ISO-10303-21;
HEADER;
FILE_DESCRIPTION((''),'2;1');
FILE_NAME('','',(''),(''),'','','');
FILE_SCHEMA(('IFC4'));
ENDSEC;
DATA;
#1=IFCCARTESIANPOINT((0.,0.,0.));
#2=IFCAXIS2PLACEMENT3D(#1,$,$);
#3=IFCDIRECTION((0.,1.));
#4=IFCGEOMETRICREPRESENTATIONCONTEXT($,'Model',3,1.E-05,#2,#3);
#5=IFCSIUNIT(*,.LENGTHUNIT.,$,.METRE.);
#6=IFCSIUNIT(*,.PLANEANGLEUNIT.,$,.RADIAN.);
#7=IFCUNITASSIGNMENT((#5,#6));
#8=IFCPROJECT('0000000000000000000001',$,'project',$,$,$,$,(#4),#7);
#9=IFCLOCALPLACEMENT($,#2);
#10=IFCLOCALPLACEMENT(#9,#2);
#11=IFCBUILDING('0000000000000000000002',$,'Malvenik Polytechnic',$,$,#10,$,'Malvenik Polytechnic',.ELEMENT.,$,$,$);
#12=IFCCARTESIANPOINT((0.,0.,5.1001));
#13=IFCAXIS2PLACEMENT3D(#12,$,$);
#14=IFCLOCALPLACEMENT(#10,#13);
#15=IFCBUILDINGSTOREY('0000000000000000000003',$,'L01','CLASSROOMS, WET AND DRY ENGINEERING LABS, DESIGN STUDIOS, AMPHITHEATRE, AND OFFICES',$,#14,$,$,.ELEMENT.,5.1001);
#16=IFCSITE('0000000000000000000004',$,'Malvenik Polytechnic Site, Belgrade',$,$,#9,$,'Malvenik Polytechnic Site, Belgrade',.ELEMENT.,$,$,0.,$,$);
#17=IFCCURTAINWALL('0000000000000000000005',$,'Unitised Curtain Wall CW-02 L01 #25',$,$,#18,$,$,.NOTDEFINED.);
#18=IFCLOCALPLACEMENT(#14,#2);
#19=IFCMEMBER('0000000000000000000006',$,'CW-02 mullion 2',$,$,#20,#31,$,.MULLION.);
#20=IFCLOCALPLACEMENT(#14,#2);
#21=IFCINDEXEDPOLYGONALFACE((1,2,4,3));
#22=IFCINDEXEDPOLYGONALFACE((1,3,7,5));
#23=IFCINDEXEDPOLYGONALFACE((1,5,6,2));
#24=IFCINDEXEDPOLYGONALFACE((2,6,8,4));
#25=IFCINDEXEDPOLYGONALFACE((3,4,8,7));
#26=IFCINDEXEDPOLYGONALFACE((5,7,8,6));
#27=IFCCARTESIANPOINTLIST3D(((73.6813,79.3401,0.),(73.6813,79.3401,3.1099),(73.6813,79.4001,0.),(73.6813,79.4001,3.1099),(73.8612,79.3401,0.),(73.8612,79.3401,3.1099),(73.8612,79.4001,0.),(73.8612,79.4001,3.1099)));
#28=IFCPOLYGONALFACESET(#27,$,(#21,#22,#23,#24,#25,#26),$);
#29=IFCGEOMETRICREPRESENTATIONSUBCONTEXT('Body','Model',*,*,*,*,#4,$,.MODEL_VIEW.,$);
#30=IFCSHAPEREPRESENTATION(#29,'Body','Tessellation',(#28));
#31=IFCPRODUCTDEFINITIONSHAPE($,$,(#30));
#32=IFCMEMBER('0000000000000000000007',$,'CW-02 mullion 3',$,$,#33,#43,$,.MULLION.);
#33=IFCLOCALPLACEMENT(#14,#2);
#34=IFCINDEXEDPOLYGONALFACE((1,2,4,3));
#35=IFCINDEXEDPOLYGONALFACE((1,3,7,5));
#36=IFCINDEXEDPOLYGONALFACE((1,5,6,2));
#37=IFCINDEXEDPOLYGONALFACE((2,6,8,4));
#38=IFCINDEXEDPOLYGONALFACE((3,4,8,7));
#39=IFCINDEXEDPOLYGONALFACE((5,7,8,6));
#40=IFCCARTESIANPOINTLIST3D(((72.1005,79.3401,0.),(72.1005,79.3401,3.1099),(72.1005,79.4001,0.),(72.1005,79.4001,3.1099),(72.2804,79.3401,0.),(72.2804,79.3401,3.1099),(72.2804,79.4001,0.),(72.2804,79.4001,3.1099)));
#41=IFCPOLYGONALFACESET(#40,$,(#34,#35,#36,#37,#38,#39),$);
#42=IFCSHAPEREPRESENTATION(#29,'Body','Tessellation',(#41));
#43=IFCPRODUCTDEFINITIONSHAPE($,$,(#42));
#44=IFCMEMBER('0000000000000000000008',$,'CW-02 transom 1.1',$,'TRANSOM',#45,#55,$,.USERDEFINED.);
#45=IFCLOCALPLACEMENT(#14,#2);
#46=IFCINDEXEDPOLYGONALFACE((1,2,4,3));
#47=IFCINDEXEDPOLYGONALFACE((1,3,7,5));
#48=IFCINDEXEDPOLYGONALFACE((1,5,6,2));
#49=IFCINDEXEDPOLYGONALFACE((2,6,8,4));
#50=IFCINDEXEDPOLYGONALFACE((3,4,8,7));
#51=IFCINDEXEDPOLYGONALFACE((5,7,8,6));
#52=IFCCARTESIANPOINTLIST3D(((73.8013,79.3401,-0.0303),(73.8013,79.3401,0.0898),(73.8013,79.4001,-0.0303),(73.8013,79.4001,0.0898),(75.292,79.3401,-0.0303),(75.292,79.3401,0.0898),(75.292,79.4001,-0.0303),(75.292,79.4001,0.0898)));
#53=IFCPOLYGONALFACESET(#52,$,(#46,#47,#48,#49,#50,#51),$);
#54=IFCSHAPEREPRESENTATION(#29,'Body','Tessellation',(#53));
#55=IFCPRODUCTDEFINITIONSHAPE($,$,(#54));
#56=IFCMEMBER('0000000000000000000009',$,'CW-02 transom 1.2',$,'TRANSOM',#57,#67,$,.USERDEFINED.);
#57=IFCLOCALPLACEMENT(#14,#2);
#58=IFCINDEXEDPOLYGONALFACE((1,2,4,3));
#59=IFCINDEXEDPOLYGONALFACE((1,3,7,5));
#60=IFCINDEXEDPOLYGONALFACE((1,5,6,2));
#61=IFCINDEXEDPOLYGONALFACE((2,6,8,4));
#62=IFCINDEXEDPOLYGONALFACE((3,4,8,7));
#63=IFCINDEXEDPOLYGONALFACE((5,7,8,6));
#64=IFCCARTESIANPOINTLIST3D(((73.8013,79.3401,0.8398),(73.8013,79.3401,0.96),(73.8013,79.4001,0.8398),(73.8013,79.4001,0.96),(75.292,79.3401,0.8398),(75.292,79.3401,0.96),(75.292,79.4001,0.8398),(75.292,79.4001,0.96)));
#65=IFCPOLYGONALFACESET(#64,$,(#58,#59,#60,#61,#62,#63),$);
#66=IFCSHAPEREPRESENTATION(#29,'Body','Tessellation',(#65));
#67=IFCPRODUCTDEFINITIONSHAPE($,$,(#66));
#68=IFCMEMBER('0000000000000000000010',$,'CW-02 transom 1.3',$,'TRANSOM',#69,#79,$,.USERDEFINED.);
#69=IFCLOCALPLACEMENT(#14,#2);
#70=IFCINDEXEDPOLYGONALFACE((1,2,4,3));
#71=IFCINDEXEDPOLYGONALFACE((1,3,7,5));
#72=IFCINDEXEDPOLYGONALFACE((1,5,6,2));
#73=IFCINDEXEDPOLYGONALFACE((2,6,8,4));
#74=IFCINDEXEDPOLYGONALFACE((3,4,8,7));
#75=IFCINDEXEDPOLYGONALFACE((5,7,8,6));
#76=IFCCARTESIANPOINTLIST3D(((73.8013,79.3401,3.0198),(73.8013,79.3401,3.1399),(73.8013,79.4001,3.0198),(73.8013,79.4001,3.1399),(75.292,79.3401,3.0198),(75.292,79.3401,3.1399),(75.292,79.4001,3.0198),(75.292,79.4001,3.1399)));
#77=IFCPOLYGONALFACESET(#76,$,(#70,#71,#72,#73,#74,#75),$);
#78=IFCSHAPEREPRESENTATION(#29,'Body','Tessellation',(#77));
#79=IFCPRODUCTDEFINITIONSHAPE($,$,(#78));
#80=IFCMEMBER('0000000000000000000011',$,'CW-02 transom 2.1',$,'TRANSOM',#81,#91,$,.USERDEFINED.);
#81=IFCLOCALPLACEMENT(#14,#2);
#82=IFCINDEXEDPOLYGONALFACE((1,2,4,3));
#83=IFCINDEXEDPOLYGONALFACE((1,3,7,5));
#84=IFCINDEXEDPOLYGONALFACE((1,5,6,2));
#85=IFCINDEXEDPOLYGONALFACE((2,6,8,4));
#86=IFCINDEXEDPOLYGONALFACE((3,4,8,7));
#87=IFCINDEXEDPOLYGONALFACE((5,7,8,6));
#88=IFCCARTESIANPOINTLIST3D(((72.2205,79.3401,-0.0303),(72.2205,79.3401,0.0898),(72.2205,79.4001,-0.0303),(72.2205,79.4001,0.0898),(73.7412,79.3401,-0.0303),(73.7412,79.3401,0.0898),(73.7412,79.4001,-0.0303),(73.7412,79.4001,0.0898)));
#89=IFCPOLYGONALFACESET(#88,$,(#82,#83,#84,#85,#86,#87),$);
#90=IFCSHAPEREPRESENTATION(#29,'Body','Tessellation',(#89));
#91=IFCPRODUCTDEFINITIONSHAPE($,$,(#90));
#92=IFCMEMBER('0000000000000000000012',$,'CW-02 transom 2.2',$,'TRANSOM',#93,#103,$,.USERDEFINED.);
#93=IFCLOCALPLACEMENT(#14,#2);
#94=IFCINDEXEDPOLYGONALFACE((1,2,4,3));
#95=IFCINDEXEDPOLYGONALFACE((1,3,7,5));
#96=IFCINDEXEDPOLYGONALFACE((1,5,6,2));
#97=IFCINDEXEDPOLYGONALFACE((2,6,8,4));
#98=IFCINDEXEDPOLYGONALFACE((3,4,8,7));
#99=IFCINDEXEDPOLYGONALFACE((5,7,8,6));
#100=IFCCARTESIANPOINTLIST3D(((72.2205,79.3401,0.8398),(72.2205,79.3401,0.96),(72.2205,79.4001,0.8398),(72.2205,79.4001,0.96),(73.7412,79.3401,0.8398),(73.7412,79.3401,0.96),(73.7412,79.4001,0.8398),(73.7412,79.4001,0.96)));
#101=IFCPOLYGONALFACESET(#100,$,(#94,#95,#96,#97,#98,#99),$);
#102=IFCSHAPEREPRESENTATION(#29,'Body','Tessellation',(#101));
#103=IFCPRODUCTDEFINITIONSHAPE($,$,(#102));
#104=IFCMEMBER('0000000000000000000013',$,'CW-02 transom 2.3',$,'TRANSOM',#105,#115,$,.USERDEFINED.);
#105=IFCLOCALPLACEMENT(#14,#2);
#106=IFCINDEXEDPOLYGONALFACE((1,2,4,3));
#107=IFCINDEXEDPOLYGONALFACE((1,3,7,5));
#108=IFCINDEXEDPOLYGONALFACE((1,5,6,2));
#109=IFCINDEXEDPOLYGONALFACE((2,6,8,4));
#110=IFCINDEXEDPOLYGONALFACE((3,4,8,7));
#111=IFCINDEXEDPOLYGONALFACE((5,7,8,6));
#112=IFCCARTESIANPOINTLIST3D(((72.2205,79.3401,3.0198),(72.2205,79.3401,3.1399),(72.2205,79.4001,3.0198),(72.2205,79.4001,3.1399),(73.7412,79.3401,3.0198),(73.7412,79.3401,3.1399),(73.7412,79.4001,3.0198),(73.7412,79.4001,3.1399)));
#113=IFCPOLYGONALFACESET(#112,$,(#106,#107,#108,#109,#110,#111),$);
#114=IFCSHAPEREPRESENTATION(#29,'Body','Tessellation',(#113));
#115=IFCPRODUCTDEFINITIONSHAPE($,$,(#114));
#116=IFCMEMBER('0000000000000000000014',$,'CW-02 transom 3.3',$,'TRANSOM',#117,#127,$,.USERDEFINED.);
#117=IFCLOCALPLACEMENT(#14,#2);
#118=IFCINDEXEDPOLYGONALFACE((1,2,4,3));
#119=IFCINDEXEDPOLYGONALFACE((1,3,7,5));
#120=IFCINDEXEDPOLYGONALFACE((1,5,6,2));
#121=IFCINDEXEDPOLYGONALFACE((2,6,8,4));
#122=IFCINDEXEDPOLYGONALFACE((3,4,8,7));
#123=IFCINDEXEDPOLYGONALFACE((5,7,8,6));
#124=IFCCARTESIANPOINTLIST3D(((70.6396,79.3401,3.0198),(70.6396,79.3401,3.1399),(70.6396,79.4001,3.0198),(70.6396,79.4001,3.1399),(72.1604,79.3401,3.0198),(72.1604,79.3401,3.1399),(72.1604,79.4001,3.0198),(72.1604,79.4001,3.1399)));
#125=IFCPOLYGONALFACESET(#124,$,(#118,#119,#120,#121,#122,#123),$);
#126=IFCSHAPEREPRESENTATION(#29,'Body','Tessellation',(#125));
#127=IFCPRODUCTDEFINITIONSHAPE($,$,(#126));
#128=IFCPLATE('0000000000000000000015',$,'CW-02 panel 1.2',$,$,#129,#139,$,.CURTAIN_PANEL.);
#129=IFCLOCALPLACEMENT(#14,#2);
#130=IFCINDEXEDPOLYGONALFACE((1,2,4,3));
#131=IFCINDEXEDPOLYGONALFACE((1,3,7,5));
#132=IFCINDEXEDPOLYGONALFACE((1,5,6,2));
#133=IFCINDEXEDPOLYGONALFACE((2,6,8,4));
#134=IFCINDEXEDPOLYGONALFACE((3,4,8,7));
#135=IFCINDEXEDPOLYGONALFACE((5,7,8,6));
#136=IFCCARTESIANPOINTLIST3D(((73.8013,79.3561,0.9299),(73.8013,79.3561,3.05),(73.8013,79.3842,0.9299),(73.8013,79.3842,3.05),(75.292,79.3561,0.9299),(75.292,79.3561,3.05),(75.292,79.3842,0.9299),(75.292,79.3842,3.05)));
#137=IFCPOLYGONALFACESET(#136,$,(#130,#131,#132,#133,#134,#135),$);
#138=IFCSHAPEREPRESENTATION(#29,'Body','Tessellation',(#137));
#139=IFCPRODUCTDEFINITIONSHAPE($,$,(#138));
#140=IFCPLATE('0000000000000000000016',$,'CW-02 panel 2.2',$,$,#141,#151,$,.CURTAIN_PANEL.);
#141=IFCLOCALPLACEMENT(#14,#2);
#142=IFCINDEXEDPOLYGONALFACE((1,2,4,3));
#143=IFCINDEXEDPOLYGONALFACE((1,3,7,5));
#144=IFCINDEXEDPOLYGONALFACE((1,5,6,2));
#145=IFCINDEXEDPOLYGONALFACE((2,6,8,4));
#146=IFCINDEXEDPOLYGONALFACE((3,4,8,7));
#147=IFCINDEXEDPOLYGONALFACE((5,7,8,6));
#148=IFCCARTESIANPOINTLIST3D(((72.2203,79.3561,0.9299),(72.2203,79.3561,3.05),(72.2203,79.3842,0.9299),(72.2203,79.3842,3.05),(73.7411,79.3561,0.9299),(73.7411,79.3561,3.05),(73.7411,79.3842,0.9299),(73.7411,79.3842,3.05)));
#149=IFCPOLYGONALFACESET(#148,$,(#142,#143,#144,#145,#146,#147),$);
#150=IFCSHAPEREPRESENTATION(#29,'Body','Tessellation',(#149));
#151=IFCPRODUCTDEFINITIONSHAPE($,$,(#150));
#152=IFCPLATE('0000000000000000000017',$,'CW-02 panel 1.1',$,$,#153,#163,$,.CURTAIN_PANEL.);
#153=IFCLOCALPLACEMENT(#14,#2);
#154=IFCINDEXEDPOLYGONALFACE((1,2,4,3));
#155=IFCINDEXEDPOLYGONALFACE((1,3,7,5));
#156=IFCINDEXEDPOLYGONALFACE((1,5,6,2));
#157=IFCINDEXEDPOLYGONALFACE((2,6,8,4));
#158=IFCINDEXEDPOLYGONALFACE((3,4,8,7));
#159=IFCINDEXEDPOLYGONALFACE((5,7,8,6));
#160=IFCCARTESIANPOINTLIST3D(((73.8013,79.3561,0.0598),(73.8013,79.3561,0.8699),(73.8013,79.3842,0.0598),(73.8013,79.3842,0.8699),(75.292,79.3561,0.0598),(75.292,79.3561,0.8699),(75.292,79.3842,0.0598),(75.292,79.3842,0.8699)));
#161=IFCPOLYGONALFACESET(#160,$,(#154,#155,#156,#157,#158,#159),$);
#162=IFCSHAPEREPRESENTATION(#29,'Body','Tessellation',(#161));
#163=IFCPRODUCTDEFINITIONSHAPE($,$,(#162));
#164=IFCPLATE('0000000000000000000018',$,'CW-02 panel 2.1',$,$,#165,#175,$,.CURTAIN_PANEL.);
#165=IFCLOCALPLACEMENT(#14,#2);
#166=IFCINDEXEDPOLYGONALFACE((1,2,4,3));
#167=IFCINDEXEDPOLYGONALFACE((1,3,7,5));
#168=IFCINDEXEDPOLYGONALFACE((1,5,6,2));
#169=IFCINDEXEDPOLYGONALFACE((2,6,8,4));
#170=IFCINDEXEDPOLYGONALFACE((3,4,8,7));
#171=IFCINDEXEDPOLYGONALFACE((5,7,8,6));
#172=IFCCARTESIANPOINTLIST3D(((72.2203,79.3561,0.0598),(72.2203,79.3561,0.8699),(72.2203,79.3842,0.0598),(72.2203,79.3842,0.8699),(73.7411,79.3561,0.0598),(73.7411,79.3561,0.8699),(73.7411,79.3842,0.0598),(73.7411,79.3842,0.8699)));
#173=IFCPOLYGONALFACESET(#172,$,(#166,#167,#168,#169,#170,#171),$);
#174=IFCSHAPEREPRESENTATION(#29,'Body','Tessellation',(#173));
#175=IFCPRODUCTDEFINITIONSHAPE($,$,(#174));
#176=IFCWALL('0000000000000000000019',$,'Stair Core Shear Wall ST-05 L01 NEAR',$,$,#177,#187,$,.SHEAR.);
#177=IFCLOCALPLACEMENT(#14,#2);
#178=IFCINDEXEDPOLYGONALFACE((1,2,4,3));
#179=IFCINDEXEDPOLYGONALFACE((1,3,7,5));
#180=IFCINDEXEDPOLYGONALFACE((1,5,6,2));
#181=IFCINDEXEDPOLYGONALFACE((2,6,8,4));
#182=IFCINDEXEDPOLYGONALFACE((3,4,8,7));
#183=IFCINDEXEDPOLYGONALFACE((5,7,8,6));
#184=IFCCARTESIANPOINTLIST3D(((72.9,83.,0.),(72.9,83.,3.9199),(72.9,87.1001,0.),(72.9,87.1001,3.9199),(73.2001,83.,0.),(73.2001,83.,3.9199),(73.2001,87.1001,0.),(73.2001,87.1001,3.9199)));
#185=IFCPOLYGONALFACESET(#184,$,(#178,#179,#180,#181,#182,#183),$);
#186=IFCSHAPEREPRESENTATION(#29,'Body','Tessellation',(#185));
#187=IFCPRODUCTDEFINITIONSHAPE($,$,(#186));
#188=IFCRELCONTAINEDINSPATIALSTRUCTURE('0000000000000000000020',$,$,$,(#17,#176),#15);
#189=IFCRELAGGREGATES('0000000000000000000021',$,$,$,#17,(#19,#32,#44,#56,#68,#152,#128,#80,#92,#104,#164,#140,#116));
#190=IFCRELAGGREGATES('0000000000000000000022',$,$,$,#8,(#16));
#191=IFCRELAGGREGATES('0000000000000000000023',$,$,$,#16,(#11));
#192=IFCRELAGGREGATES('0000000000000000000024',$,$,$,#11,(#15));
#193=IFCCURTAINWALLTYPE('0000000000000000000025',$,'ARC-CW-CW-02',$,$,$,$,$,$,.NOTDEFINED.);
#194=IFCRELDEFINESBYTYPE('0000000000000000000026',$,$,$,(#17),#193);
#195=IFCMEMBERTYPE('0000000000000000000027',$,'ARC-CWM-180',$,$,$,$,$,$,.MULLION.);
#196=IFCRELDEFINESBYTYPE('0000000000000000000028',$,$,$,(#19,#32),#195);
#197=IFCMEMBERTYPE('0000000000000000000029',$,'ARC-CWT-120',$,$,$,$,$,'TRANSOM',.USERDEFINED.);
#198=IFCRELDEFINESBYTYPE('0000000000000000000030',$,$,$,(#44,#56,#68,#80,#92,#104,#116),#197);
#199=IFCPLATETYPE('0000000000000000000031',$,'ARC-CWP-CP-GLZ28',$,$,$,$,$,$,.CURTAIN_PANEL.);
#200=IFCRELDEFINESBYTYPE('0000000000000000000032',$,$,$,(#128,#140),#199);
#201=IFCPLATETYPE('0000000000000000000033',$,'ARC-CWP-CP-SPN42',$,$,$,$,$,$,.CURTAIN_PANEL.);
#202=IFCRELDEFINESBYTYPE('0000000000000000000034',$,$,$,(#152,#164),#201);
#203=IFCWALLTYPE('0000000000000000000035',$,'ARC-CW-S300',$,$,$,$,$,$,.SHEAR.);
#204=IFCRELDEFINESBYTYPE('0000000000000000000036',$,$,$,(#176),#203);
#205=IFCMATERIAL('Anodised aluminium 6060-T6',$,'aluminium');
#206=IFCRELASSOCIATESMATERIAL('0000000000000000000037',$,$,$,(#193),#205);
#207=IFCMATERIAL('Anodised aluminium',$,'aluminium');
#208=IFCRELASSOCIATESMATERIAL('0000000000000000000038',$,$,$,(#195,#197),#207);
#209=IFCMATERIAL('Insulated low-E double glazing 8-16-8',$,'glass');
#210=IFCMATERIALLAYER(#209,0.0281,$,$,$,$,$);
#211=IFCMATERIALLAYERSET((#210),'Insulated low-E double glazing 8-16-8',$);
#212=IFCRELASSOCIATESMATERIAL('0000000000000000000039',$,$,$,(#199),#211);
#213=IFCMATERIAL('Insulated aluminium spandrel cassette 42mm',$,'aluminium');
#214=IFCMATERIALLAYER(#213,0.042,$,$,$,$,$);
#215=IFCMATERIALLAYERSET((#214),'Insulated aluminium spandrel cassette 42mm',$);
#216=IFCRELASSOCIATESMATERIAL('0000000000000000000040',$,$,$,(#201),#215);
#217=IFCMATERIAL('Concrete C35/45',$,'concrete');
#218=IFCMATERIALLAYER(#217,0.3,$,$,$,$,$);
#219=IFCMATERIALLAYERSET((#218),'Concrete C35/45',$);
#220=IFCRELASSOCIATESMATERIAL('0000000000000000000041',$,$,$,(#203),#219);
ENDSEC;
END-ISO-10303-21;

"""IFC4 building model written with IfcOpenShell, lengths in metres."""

from ifc_helpers import new_model, si_unit, direction, frame, frame_2d, origin, origin_2d, place, context, subcontext, project, spatial, rectangle, extrude, material, layer, layer_set, material_profile, profile_set, type_object, element, aggregate, save


model = new_model("IFC4")

# Units and contexts
model_context = context("Model", 3, precision=1e-05, world=origin(), true_north=direction((0.0, 1.0)))
body_context = subcontext(model_context, "Body", "Model", "MODEL_VIEW")
ifc_project = project(units=[si_unit("LENGTHUNIT", "METRE"), si_unit("PLANEANGLEUNIT", "RADIAN")], contexts=[model_context])

# Site, building, storey
site_placement = place(None, origin())
site = spatial("IfcSite", under=ifc_project, at=site_placement, Name="Malvenik Polytechnic Site, Belgrade", LongName="Malvenik Polytechnic Site, Belgrade", CompositionType="ELEMENT", RefElevation=0.0)
building_placement = place(site_placement, origin())
building = spatial("IfcBuilding", under=site, at=building_placement, Name="Malvenik Polytechnic", LongName="Malvenik Polytechnic", CompositionType="ELEMENT")
storey_placement = place(building_placement, frame((0.0, 0.0, 5.1001)))
storey = spatial("IfcBuildingStorey", under=building, at=storey_placement, Name="L01", Description="CLASSROOMS, WET AND DRY ENGINEERING LABS, DESIGN STUDIOS, AMPHITHEATRE, AND OFFICES", CompositionType="ELEMENT", Elevation=5.1001)

# Curtain wall, members, plates
ifc_material_1 = material(Name="Anodised aluminium 6060-T6", Category="aluminium")
curtain_wall_type = type_object("IfcCurtainWallType", Name="ARC-CW-CW-02", PredefinedType="NOTDEFINED", material=ifc_material_1)
curtain_wall_placement = place(storey_placement, origin())
curtain_wall = element("IfcCurtainWall", 1, at=curtain_wall_placement, inside=storey, type_object=curtain_wall_type, Name="Unitised Curtain Wall CW-02 L01 #25", PredefinedType="NOTDEFINED")
ifc_material_2 = material(Name="Anodised aluminium", Category="aluminium")
ifc_material_profile_1 = material_profile(ifc_material_2, rectangle(XDim=0.0601, YDim=0.1799, at=origin_2d()), Name="ALU MULLION 60x180")
ifc_profile_set_1 = profile_set([ifc_material_profile_1], Name="Anodised aluminium")
member_type_1 = type_object("IfcMemberType", Name="ARC-CWM-180", PredefinedType="MULLION", material=ifc_profile_set_1)
member_1_placement = place(storey_placement, frame((73.7712, 79.3701, 0.0), z_axis=(0.0, 0.0, 1.0), x_axis=(0.0, -1.0, 0.0)))
member_1 = element("IfcMember", 2, at=member_1_placement, type_object=member_type_1, Name="CW-02 mullion 2", PredefinedType="MULLION", context=body_context, shape_type="SweptSolid", body=[
    extrude(rectangle(XDim=0.0601, YDim=0.1799, at=origin_2d()), origin(), (0.0, 0.0, 1.0), 3.1099),
])
member_2_placement = place(storey_placement, frame((72.1904, 79.3701, 0.0), z_axis=(0.0, 0.0, 1.0), x_axis=(0.0, -1.0, 0.0)))
member_2 = element("IfcMember", 3, at=member_2_placement, type_object=member_type_1, Name="CW-02 mullion 3", PredefinedType="MULLION", context=body_context, shape_type="SweptSolid", body=[
    extrude(rectangle(XDim=0.0601, YDim=0.1799, at=origin_2d()), origin(), (0.0, 0.0, 1.0), 3.1099),
])
ifc_material_profile_2 = material_profile(ifc_material_2, rectangle(XDim=0.0601, YDim=0.1201, at=origin_2d()), Name="ALU TRANSOM 60x120")
ifc_profile_set_2 = profile_set([ifc_material_profile_2], Name="Anodised aluminium")
member_type_2 = type_object("IfcMemberType", Name="ARC-CWT-120", ElementType="TRANSOM", PredefinedType="USERDEFINED", material=ifc_profile_set_2)
member_3_placement = place(storey_placement, frame((75.292, 79.3701, 0.0298), z_axis=(-1.0, 0.0, 0.0), x_axis=(0.0, -1.0, 0.0)))
member_3 = element("IfcMember", 4, at=member_3_placement, type_object=member_type_2, Name="CW-02 transom 1.1", ObjectType="TRANSOM", PredefinedType="USERDEFINED", context=body_context, shape_type="SweptSolid", body=[
    extrude(rectangle(XDim=0.0601, YDim=0.1201, at=origin_2d()), origin(), (0.0, 0.0, 1.0), 1.4907),
])
member_4_placement = place(storey_placement, frame((75.292, 79.3701, 0.8999), z_axis=(-1.0, 0.0, 0.0), x_axis=(0.0, -1.0, 0.0)))
member_4 = element("IfcMember", 5, at=member_4_placement, type_object=member_type_2, Name="CW-02 transom 1.2", ObjectType="TRANSOM", PredefinedType="USERDEFINED", context=body_context, shape_type="SweptSolid", body=[
    extrude(rectangle(XDim=0.0601, YDim=0.1201, at=origin_2d()), origin(), (0.0, 0.0, 1.0), 1.4907),
])
member_5_placement = place(storey_placement, frame((75.292, 79.3701, 3.0798), z_axis=(-1.0, 0.0, 0.0), x_axis=(0.0, -1.0, 0.0)))
member_5 = element("IfcMember", 6, at=member_5_placement, type_object=member_type_2, Name="CW-02 transom 1.3", ObjectType="TRANSOM", PredefinedType="USERDEFINED", context=body_context, shape_type="SweptSolid", body=[
    extrude(rectangle(XDim=0.0601, YDim=0.1201, at=origin_2d()), origin(), (0.0, 0.0, 1.0), 1.4907),
])
member_6_placement = place(storey_placement, frame((73.7412, 79.3701, 0.0298), z_axis=(-1.0, 0.0, 0.0), x_axis=(0.0, -1.0, 0.0)))
member_6 = element("IfcMember", 7, at=member_6_placement, type_object=member_type_2, Name="CW-02 transom 2.1", ObjectType="TRANSOM", PredefinedType="USERDEFINED", context=body_context, shape_type="SweptSolid", body=[
    extrude(rectangle(XDim=0.0601, YDim=0.1201, at=origin_2d()), origin(), (0.0, 0.0, 1.0), 1.5208),
])
member_7_placement = place(storey_placement, frame((73.7412, 79.3701, 0.8999), z_axis=(-1.0, 0.0, 0.0), x_axis=(0.0, -1.0, 0.0)))
member_7 = element("IfcMember", 8, at=member_7_placement, type_object=member_type_2, Name="CW-02 transom 2.2", ObjectType="TRANSOM", PredefinedType="USERDEFINED", context=body_context, shape_type="SweptSolid", body=[
    extrude(rectangle(XDim=0.0601, YDim=0.1201, at=origin_2d()), origin(), (0.0, 0.0, 1.0), 1.5208),
])
member_8_placement = place(storey_placement, frame((73.7412, 79.3701, 3.0798), z_axis=(-1.0, 0.0, 0.0), x_axis=(0.0, -1.0, 0.0)))
member_8 = element("IfcMember", 9, at=member_8_placement, type_object=member_type_2, Name="CW-02 transom 2.3", ObjectType="TRANSOM", PredefinedType="USERDEFINED", context=body_context, shape_type="SweptSolid", body=[
    extrude(rectangle(XDim=0.0601, YDim=0.1201, at=origin_2d()), origin(), (0.0, 0.0, 1.0), 1.5208),
])
member_9_placement = place(storey_placement, frame((72.1604, 79.3701, 3.0798), z_axis=(-1.0, 0.0, 0.0), x_axis=(0.0, -1.0, 0.0)))
member_9 = element("IfcMember", 10, at=member_9_placement, type_object=member_type_2, Name="CW-02 transom 3.3", ObjectType="TRANSOM", PredefinedType="USERDEFINED", context=body_context, shape_type="SweptSolid", body=[
    extrude(rectangle(XDim=0.0601, YDim=0.1201, at=origin_2d()), origin(), (0.0, 0.0, 1.0), 1.5208),
])
ifc_material_3 = material(Name="Insulated low-E double glazing 8-16-8", Category="glass")
ifc_layer_1 = layer(ifc_material_3, 0.0281)
ifc_layer_set_1 = layer_set([ifc_layer_1], Name="Insulated low-E double glazing 8-16-8")
plate_type_1 = type_object("IfcPlateType", Name="ARC-CWP-CP-GLZ28", PredefinedType="CURTAIN_PANEL", material=ifc_layer_set_1)
plate_1_placement = place(storey_placement, frame((74.5466, 79.3701, 0.9299), z_axis=(0.0, 0.0, 1.0), x_axis=(-1.0, 0.0, 0.0)))
plate_1 = element("IfcPlate", 11, at=plate_1_placement, type_object=plate_type_1, Name="CW-02 panel 1.2", PredefinedType="CURTAIN_PANEL", context=body_context, shape_type="SweptSolid", body=[
    extrude(rectangle(XDim=1.4907, YDim=0.0281, at=origin_2d()), origin(), (0.0, 0.0, 1.0), 2.1201),
])
plate_2_placement = place(storey_placement, frame((72.9807, 79.3701, 0.9299), z_axis=(0.0, 0.0, 1.0), x_axis=(-1.0, 0.0, 0.0)))
plate_2 = element("IfcPlate", 12, at=plate_2_placement, type_object=plate_type_1, Name="CW-02 panel 2.2", PredefinedType="CURTAIN_PANEL", context=body_context, shape_type="SweptSolid", body=[
    extrude(rectangle(XDim=1.5208, YDim=0.0281, at=origin_2d()), origin(), (0.0, 0.0, 1.0), 2.1201),
])
ifc_material_4 = material(Name="Insulated aluminium spandrel cassette 42mm", Category="aluminium")
ifc_layer_2 = layer(ifc_material_4, 0.042)
ifc_layer_set_2 = layer_set([ifc_layer_2], Name="Insulated aluminium spandrel cassette 42mm")
plate_type_2 = type_object("IfcPlateType", Name="ARC-CWP-CP-SPN42", PredefinedType="CURTAIN_PANEL", material=ifc_layer_set_2)
plate_3_placement = place(storey_placement, frame((74.5466, 79.3701, 0.0598), z_axis=(0.0, 0.0, 1.0), x_axis=(-1.0, 0.0, 0.0)))
plate_3 = element("IfcPlate", 13, at=plate_3_placement, type_object=plate_type_2, Name="CW-02 panel 1.1", PredefinedType="CURTAIN_PANEL", context=body_context, shape_type="SweptSolid", body=[
    extrude(rectangle(XDim=1.4907, YDim=0.0281, at=origin_2d()), origin(), (0.0, 0.0, 1.0), 0.8101),
])
plate_4_placement = place(storey_placement, frame((72.9807, 79.3701, 0.0598), z_axis=(0.0, 0.0, 1.0), x_axis=(-1.0, 0.0, 0.0)))
plate_4 = element("IfcPlate", 14, at=plate_4_placement, type_object=plate_type_2, Name="CW-02 panel 2.1", PredefinedType="CURTAIN_PANEL", context=body_context, shape_type="SweptSolid", body=[
    extrude(rectangle(XDim=1.5208, YDim=0.0281, at=origin_2d()), origin(), (0.0, 0.0, 1.0), 0.8101),
])
aggregate(curtain_wall, [member_1, member_2, member_3, member_4, member_5, plate_3, plate_1, member_6, member_7, member_8, plate_4, plate_2, member_9])

# Wall
ifc_material_5 = material(Name="Concrete C35/45", Category="concrete")
ifc_layer_3 = layer(ifc_material_5, 0.3)
ifc_layer_set_3 = layer_set([ifc_layer_3], Name="Concrete C35/45")
wall_type_1 = type_object("IfcWallType", Name="ARC-CW-S300", PredefinedType="SHEAR", material=ifc_layer_set_3)
wall_1_placement = place(storey_placement, frame((73.05, 83.0, 0.0), z_axis=(0.0, 0.0, 1.0), x_axis=(0.0, 1.0, 0.0)))
element("IfcWall", 15, at=wall_1_placement, inside=storey, type_object=wall_type_1, Name="Stair Core Shear Wall ST-05 L01 NEAR", PredefinedType="SHEAR", context=body_context, shape_type="SweptSolid", body=[
    extrude(rectangle(XDim=4.1001, YDim=0.3, at=frame_2d((2.05, 0.0))), origin(), (0.0, 0.0, 1.0), 3.9199),
])

save(model, "model.ifc")
